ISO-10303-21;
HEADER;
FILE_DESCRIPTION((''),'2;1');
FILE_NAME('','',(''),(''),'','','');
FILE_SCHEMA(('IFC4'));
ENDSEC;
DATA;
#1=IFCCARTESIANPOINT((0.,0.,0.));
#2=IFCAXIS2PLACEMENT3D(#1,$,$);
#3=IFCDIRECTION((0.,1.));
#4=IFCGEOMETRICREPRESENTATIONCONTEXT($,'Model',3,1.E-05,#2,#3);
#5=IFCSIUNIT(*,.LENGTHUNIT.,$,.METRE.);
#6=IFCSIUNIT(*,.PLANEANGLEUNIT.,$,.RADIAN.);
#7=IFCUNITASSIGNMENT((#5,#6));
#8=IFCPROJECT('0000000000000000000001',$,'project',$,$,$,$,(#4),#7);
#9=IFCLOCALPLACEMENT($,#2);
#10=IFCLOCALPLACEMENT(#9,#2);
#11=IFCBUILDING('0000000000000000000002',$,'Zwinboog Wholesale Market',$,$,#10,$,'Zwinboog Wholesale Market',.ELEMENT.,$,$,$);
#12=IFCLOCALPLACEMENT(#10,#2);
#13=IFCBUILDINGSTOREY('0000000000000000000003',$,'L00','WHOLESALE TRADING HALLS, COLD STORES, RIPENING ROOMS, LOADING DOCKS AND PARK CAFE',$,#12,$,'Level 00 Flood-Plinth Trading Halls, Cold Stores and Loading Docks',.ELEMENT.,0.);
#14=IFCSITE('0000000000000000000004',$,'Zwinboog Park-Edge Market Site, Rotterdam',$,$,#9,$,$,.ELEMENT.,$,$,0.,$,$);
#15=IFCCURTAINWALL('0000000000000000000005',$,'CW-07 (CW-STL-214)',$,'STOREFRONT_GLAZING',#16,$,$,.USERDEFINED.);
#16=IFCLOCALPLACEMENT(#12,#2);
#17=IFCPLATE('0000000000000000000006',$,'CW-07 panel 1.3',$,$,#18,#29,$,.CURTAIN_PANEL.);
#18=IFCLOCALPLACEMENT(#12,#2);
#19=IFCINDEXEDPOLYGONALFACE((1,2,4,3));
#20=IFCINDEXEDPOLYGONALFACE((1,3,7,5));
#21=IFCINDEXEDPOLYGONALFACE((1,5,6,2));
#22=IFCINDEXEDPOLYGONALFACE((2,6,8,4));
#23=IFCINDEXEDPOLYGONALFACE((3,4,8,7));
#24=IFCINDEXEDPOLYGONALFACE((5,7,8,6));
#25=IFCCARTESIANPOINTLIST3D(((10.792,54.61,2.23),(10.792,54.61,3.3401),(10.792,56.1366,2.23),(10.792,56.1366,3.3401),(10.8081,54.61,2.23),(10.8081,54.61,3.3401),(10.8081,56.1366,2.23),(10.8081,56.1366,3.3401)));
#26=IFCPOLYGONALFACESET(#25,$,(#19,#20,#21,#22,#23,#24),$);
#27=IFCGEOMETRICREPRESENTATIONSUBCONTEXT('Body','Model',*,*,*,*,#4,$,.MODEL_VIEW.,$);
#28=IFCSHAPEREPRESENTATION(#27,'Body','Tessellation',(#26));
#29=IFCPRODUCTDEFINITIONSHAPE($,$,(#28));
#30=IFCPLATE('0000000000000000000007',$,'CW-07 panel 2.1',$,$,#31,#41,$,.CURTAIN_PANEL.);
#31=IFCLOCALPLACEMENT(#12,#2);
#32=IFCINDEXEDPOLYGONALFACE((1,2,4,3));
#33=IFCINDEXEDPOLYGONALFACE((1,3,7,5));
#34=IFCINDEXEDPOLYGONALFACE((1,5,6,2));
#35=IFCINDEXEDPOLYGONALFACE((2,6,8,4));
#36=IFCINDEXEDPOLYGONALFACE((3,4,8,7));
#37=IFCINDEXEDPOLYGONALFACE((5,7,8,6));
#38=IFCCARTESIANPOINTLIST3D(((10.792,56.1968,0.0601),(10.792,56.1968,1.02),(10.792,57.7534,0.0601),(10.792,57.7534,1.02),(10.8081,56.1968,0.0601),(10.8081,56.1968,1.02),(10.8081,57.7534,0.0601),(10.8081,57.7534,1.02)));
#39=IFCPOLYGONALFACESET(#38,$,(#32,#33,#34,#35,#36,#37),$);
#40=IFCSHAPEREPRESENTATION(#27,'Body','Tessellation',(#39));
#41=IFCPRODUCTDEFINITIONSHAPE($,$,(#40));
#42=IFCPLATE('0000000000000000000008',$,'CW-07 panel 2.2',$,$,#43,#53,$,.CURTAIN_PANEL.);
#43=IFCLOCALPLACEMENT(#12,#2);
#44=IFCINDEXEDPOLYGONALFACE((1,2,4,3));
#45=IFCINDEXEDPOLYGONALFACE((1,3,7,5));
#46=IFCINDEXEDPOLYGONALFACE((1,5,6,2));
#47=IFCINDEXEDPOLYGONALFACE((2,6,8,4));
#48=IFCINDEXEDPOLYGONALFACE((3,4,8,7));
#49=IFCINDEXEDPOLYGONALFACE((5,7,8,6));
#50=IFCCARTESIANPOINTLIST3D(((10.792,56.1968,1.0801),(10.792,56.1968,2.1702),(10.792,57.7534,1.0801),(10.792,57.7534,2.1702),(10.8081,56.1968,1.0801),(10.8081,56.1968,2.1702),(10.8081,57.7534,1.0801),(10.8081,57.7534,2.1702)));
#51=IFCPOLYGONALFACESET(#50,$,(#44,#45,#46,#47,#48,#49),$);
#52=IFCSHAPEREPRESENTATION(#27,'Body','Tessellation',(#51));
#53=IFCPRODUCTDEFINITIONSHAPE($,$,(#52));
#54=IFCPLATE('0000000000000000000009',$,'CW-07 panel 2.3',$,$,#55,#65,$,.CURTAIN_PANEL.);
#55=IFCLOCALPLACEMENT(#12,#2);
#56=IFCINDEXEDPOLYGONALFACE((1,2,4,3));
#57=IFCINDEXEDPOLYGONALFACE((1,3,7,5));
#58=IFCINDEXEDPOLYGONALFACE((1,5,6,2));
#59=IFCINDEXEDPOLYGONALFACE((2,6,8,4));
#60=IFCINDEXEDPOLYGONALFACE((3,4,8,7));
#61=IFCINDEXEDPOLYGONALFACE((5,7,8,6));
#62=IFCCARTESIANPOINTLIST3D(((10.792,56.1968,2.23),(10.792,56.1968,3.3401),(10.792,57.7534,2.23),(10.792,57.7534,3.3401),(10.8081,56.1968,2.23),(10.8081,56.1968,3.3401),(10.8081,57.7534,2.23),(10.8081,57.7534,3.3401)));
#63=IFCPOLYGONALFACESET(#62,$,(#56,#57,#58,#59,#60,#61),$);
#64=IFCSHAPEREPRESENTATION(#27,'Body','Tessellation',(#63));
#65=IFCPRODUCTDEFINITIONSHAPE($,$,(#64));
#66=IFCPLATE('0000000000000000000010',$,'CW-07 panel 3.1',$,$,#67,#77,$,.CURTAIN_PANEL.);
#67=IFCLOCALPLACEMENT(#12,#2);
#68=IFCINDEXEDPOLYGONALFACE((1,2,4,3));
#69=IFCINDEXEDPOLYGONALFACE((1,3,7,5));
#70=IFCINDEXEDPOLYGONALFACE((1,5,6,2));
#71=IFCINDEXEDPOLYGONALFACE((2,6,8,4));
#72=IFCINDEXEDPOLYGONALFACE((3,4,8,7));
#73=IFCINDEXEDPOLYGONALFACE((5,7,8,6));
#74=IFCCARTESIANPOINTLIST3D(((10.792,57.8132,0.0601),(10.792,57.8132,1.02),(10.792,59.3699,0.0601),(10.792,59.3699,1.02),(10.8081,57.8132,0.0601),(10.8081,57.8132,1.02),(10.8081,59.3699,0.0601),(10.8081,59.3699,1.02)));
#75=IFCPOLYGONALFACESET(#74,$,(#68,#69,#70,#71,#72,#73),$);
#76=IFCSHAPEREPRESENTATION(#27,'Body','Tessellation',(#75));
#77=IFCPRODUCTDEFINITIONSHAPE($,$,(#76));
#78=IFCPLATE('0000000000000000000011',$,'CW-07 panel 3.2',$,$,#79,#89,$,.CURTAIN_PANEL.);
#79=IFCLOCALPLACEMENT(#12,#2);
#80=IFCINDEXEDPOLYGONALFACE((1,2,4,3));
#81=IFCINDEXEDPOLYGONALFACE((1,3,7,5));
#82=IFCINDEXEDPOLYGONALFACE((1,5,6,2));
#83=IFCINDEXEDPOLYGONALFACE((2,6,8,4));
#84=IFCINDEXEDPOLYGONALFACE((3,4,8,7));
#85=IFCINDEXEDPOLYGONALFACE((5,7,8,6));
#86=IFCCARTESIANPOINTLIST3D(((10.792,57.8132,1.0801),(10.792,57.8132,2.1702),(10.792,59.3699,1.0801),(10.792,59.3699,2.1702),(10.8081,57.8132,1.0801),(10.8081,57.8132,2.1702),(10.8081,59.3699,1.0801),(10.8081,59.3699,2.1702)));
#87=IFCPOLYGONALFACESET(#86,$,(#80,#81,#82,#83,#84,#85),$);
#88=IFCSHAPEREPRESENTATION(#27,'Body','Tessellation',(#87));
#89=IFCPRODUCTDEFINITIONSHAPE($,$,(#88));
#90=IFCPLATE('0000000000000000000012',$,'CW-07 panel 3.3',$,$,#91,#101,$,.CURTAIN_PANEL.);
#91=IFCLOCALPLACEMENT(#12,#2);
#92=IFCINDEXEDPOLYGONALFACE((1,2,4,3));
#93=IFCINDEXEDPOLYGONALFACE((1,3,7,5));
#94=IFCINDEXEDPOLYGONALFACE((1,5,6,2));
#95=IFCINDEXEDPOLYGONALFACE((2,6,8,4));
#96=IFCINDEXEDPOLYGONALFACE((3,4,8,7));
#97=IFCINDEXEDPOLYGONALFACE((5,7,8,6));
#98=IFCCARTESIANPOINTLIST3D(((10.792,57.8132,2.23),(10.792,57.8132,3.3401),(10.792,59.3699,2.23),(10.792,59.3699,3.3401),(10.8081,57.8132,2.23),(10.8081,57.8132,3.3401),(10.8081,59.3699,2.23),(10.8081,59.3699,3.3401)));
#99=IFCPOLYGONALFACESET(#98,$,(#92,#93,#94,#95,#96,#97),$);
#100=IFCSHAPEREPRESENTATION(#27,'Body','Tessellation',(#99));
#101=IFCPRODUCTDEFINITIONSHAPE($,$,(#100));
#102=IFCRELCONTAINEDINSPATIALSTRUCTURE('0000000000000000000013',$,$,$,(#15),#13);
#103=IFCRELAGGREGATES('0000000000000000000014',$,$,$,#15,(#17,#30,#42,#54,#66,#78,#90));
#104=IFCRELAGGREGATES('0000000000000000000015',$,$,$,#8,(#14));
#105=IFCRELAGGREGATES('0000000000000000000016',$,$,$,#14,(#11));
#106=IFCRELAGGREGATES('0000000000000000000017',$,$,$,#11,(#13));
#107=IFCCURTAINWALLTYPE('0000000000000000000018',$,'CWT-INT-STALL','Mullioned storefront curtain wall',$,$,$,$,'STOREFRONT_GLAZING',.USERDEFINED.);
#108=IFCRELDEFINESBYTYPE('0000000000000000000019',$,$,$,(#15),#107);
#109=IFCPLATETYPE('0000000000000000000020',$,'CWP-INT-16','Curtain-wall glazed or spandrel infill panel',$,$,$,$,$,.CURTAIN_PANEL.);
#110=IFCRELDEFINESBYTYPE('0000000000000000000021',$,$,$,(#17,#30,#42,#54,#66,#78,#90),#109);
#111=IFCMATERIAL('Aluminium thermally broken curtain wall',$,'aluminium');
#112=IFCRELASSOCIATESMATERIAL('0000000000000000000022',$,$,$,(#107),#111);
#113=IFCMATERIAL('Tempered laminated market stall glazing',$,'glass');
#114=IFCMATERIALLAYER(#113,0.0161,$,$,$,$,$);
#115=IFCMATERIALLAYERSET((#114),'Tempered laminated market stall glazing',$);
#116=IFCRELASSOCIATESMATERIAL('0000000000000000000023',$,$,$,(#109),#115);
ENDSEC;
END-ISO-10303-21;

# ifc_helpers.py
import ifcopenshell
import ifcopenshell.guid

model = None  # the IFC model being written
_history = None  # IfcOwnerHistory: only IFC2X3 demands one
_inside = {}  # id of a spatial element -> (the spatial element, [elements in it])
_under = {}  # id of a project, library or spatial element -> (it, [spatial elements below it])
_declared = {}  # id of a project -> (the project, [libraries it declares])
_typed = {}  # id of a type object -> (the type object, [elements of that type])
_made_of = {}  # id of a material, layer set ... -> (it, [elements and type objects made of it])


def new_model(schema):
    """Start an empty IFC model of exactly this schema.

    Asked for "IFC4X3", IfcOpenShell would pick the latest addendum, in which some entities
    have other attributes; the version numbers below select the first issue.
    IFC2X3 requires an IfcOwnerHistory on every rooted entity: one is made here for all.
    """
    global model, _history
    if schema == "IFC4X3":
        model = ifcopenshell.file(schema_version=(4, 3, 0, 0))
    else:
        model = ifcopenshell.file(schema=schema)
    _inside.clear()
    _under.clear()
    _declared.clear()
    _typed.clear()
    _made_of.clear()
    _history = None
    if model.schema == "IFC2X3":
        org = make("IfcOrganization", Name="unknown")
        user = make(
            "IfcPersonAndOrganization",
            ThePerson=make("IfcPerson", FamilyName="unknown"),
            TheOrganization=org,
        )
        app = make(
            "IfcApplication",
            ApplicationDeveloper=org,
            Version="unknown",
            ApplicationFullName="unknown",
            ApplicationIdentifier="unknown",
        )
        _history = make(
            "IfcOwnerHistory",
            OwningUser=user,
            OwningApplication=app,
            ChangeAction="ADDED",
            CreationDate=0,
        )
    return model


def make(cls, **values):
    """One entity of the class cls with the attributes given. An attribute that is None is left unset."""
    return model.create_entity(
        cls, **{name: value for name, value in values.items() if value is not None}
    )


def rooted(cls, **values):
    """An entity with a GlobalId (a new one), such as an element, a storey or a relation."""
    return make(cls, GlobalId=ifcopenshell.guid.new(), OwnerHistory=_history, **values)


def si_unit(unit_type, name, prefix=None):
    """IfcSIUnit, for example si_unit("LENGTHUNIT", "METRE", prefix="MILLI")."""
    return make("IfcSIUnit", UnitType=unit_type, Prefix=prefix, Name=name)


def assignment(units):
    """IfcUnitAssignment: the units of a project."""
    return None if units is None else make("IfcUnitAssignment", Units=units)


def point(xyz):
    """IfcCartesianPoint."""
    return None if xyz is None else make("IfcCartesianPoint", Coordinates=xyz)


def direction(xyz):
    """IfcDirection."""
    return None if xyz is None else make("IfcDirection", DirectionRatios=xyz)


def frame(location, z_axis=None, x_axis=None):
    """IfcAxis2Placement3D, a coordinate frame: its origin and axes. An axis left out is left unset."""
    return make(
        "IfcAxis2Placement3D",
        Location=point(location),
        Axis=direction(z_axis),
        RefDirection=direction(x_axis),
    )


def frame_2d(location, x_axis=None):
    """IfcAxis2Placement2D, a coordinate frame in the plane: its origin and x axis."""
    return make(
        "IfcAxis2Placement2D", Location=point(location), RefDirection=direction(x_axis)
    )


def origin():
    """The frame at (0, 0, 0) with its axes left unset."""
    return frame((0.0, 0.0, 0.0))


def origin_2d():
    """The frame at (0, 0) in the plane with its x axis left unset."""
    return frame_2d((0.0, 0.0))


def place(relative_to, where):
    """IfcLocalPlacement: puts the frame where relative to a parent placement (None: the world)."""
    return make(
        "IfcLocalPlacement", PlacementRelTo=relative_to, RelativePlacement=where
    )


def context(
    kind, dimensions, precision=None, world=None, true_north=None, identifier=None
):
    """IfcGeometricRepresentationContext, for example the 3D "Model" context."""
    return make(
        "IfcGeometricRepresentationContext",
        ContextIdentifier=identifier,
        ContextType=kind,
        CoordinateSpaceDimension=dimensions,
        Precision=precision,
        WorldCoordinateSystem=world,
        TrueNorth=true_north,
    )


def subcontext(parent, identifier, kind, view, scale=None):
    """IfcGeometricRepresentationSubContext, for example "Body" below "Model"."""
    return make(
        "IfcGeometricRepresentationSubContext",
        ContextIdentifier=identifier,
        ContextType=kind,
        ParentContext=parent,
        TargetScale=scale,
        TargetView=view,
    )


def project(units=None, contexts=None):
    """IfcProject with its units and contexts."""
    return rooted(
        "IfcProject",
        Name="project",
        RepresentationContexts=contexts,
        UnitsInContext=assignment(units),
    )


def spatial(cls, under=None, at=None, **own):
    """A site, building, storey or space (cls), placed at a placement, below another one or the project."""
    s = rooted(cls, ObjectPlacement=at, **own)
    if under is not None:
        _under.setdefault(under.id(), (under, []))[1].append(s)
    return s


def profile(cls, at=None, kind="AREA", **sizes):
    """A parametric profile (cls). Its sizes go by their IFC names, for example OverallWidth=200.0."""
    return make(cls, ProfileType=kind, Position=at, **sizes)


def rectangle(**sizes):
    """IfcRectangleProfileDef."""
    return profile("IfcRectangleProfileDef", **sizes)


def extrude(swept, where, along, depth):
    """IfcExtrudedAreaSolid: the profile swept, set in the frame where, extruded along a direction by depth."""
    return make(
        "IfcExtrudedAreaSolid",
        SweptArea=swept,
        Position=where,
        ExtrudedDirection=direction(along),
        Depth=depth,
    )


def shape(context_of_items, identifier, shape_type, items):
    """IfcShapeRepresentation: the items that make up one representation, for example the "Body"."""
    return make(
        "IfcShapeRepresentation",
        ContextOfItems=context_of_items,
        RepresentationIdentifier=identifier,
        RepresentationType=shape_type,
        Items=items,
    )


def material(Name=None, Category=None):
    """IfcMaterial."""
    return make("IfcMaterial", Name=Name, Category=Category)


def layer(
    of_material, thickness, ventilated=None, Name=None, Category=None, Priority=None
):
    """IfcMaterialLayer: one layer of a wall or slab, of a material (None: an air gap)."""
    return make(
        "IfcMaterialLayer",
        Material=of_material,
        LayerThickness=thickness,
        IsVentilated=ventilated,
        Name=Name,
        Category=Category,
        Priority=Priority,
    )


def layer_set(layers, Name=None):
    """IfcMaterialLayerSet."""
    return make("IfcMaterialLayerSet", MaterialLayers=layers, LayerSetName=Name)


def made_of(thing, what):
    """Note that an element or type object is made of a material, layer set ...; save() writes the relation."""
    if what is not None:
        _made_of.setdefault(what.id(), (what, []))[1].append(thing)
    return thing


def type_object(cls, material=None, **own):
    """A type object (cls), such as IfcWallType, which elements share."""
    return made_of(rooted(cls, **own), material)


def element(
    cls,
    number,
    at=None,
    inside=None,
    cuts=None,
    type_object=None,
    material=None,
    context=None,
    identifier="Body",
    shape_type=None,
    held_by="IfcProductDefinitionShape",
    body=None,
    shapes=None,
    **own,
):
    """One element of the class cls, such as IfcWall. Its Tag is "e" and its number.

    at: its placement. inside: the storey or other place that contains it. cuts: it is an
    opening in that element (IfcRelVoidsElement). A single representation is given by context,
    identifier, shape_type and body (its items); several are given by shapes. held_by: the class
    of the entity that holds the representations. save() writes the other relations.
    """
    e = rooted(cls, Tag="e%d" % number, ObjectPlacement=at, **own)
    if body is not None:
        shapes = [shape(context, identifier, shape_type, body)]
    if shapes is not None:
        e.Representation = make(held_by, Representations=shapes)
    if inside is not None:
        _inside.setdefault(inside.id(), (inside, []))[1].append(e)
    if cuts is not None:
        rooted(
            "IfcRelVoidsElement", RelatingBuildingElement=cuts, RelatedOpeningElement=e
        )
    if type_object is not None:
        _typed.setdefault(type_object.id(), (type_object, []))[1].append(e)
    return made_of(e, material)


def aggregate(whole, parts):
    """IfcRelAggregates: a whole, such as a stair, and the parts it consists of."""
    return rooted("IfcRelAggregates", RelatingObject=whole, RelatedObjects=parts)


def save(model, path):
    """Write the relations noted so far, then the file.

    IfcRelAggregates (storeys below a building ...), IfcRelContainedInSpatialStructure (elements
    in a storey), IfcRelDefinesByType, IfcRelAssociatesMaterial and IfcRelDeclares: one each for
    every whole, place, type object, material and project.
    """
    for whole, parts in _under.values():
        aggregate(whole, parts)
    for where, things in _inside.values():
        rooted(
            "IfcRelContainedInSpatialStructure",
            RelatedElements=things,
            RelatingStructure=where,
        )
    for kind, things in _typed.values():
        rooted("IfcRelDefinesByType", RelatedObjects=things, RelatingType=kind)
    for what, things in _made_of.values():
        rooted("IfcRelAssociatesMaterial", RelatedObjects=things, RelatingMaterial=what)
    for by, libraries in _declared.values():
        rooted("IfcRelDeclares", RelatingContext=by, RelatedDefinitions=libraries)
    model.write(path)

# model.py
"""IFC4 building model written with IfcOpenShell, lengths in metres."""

from ifc_helpers import new_model, si_unit, direction, frame, origin, origin_2d, place, context, subcontext, project, spatial, rectangle, extrude, material, layer, layer_set, type_object, element, aggregate, save


model = new_model("IFC4")

# Units and contexts
model_context = context("Model", 3, precision=1e-05, world=origin(), true_north=direction((0.0, 1.0)))
body_context = subcontext(model_context, "Body", "Model", "MODEL_VIEW")
ifc_project = project(units=[si_unit("LENGTHUNIT", "METRE"), si_unit("PLANEANGLEUNIT", "RADIAN")], contexts=[model_context])

# Site, building, storey
site_placement = place(None, origin())
site = spatial("IfcSite", under=ifc_project, at=site_placement, Name="Zwinboog Park-Edge Market Site, Rotterdam", CompositionType="ELEMENT", RefElevation=0.0)
building_placement = place(site_placement, origin())
building = spatial("IfcBuilding", under=site, at=building_placement, Name="Zwinboog Wholesale Market", LongName="Zwinboog Wholesale Market", CompositionType="ELEMENT")
storey_placement = place(building_placement, origin())
storey = spatial("IfcBuildingStorey", under=building, at=storey_placement, Name="L00", Description="WHOLESALE TRADING HALLS, COLD STORES, RIPENING ROOMS, LOADING DOCKS AND PARK CAFE", LongName="Level 00 Flood-Plinth Trading Halls, Cold Stores and Loading Docks", CompositionType="ELEMENT", Elevation=0.0)

# Curtain wall, plates
ifc_material_1 = material(Name="Aluminium thermally broken curtain wall", Category="aluminium")
curtain_wall_type = type_object("IfcCurtainWallType", Name="CWT-INT-STALL", Description="Mullioned storefront curtain wall", ElementType="STOREFRONT_GLAZING", PredefinedType="USERDEFINED", material=ifc_material_1)
curtain_wall_placement = place(storey_placement, origin())
curtain_wall = element("IfcCurtainWall", 1, at=curtain_wall_placement, inside=storey, type_object=curtain_wall_type, Name="CW-07 (CW-STL-214)", ObjectType="STOREFRONT_GLAZING", PredefinedType="USERDEFINED")
ifc_material_2 = material(Name="Tempered laminated market stall glazing", Category="glass")
ifc_layer = layer(ifc_material_2, 0.0161)
ifc_layer_set = layer_set([ifc_layer], Name="Tempered laminated market stall glazing")
plate_type = type_object("IfcPlateType", Name="CWP-INT-16", Description="Curtain-wall glazed or spandrel infill panel", PredefinedType="CURTAIN_PANEL", material=ifc_layer_set)
plate_1_placement = place(storey_placement, frame((10.8, 55.3733, 2.23), z_axis=(0.0, 0.0, 1.0), x_axis=(0.0, 1.0, 0.0)))
plate_1 = element("IfcPlate", 2, at=plate_1_placement, type_object=plate_type, Name="CW-07 panel 1.3", PredefinedType="CURTAIN_PANEL", context=body_context, shape_type="SweptSolid", body=[
    extrude(rectangle(XDim=1.5266, YDim=0.0161, at=origin_2d()), origin(), (0.0, 0.0, 1.0), 1.1101),
])
plate_2_placement = place(storey_placement, frame((10.8, 56.9751, 0.0601), z_axis=(0.0, 0.0, 1.0), x_axis=(0.0, 1.0, 0.0)))
plate_2 = element("IfcPlate", 3, at=plate_2_placement, type_object=plate_type, Name="CW-07 panel 2.1", PredefinedType="CURTAIN_PANEL", context=body_context, shape_type="SweptSolid", body=[
    extrude(rectangle(XDim=1.5566, YDim=0.0161, at=origin_2d()), origin(), (0.0, 0.0, 1.0), 0.96),
])
plate_3_placement = place(storey_placement, frame((10.8, 56.9751, 1.0801), z_axis=(0.0, 0.0, 1.0), x_axis=(0.0, 1.0, 0.0)))
plate_3 = element("IfcPlate", 4, at=plate_3_placement, type_object=plate_type, Name="CW-07 panel 2.2", PredefinedType="CURTAIN_PANEL", context=body_context, shape_type="SweptSolid", body=[
    extrude(rectangle(XDim=1.5566, YDim=0.0161, at=origin_2d()), origin(), (0.0, 0.0, 1.0), 1.0901),
])
plate_4_placement = place(storey_placement, frame((10.8, 56.9751, 2.23), z_axis=(0.0, 0.0, 1.0), x_axis=(0.0, 1.0, 0.0)))
plate_4 = element("IfcPlate", 5, at=plate_4_placement, type_object=plate_type, Name="CW-07 panel 2.3", PredefinedType="CURTAIN_PANEL", context=body_context, shape_type="SweptSolid", body=[
    extrude(rectangle(XDim=1.5566, YDim=0.0161, at=origin_2d()), origin(), (0.0, 0.0, 1.0), 1.1101),
])
plate_5_placement = place(storey_placement, frame((10.8, 58.5916, 0.0601), z_axis=(0.0, 0.0, 1.0), x_axis=(0.0, 1.0, 0.0)))
plate_5 = element("IfcPlate", 6, at=plate_5_placement, type_object=plate_type, Name="CW-07 panel 3.1", PredefinedType="CURTAIN_PANEL", context=body_context, shape_type="SweptSolid", body=[
    extrude(rectangle(XDim=1.5566, YDim=0.0161, at=origin_2d()), origin(), (0.0, 0.0, 1.0), 0.96),
])
plate_6_placement = place(storey_placement, frame((10.8, 58.5916, 1.0801), z_axis=(0.0, 0.0, 1.0), x_axis=(0.0, 1.0, 0.0)))
plate_6 = element("IfcPlate", 7, at=plate_6_placement, type_object=plate_type, Name="CW-07 panel 3.2", PredefinedType="CURTAIN_PANEL", context=body_context, shape_type="SweptSolid", body=[
    extrude(rectangle(XDim=1.5566, YDim=0.0161, at=origin_2d()), origin(), (0.0, 0.0, 1.0), 1.0901),
])
plate_7_placement = place(storey_placement, frame((10.8, 58.5916, 2.23), z_axis=(0.0, 0.0, 1.0), x_axis=(0.0, 1.0, 0.0)))
plate_7 = element("IfcPlate", 8, at=plate_7_placement, type_object=plate_type, Name="CW-07 panel 3.3", PredefinedType="CURTAIN_PANEL", context=body_context, shape_type="SweptSolid", body=[
    extrude(rectangle(XDim=1.5566, YDim=0.0161, at=origin_2d()), origin(), (0.0, 0.0, 1.0), 1.1101),
])
aggregate(curtain_wall, [plate_1, plate_2, plate_3, plate_4, plate_5, plate_6, plate_7])

save(model, "model.ifc")
